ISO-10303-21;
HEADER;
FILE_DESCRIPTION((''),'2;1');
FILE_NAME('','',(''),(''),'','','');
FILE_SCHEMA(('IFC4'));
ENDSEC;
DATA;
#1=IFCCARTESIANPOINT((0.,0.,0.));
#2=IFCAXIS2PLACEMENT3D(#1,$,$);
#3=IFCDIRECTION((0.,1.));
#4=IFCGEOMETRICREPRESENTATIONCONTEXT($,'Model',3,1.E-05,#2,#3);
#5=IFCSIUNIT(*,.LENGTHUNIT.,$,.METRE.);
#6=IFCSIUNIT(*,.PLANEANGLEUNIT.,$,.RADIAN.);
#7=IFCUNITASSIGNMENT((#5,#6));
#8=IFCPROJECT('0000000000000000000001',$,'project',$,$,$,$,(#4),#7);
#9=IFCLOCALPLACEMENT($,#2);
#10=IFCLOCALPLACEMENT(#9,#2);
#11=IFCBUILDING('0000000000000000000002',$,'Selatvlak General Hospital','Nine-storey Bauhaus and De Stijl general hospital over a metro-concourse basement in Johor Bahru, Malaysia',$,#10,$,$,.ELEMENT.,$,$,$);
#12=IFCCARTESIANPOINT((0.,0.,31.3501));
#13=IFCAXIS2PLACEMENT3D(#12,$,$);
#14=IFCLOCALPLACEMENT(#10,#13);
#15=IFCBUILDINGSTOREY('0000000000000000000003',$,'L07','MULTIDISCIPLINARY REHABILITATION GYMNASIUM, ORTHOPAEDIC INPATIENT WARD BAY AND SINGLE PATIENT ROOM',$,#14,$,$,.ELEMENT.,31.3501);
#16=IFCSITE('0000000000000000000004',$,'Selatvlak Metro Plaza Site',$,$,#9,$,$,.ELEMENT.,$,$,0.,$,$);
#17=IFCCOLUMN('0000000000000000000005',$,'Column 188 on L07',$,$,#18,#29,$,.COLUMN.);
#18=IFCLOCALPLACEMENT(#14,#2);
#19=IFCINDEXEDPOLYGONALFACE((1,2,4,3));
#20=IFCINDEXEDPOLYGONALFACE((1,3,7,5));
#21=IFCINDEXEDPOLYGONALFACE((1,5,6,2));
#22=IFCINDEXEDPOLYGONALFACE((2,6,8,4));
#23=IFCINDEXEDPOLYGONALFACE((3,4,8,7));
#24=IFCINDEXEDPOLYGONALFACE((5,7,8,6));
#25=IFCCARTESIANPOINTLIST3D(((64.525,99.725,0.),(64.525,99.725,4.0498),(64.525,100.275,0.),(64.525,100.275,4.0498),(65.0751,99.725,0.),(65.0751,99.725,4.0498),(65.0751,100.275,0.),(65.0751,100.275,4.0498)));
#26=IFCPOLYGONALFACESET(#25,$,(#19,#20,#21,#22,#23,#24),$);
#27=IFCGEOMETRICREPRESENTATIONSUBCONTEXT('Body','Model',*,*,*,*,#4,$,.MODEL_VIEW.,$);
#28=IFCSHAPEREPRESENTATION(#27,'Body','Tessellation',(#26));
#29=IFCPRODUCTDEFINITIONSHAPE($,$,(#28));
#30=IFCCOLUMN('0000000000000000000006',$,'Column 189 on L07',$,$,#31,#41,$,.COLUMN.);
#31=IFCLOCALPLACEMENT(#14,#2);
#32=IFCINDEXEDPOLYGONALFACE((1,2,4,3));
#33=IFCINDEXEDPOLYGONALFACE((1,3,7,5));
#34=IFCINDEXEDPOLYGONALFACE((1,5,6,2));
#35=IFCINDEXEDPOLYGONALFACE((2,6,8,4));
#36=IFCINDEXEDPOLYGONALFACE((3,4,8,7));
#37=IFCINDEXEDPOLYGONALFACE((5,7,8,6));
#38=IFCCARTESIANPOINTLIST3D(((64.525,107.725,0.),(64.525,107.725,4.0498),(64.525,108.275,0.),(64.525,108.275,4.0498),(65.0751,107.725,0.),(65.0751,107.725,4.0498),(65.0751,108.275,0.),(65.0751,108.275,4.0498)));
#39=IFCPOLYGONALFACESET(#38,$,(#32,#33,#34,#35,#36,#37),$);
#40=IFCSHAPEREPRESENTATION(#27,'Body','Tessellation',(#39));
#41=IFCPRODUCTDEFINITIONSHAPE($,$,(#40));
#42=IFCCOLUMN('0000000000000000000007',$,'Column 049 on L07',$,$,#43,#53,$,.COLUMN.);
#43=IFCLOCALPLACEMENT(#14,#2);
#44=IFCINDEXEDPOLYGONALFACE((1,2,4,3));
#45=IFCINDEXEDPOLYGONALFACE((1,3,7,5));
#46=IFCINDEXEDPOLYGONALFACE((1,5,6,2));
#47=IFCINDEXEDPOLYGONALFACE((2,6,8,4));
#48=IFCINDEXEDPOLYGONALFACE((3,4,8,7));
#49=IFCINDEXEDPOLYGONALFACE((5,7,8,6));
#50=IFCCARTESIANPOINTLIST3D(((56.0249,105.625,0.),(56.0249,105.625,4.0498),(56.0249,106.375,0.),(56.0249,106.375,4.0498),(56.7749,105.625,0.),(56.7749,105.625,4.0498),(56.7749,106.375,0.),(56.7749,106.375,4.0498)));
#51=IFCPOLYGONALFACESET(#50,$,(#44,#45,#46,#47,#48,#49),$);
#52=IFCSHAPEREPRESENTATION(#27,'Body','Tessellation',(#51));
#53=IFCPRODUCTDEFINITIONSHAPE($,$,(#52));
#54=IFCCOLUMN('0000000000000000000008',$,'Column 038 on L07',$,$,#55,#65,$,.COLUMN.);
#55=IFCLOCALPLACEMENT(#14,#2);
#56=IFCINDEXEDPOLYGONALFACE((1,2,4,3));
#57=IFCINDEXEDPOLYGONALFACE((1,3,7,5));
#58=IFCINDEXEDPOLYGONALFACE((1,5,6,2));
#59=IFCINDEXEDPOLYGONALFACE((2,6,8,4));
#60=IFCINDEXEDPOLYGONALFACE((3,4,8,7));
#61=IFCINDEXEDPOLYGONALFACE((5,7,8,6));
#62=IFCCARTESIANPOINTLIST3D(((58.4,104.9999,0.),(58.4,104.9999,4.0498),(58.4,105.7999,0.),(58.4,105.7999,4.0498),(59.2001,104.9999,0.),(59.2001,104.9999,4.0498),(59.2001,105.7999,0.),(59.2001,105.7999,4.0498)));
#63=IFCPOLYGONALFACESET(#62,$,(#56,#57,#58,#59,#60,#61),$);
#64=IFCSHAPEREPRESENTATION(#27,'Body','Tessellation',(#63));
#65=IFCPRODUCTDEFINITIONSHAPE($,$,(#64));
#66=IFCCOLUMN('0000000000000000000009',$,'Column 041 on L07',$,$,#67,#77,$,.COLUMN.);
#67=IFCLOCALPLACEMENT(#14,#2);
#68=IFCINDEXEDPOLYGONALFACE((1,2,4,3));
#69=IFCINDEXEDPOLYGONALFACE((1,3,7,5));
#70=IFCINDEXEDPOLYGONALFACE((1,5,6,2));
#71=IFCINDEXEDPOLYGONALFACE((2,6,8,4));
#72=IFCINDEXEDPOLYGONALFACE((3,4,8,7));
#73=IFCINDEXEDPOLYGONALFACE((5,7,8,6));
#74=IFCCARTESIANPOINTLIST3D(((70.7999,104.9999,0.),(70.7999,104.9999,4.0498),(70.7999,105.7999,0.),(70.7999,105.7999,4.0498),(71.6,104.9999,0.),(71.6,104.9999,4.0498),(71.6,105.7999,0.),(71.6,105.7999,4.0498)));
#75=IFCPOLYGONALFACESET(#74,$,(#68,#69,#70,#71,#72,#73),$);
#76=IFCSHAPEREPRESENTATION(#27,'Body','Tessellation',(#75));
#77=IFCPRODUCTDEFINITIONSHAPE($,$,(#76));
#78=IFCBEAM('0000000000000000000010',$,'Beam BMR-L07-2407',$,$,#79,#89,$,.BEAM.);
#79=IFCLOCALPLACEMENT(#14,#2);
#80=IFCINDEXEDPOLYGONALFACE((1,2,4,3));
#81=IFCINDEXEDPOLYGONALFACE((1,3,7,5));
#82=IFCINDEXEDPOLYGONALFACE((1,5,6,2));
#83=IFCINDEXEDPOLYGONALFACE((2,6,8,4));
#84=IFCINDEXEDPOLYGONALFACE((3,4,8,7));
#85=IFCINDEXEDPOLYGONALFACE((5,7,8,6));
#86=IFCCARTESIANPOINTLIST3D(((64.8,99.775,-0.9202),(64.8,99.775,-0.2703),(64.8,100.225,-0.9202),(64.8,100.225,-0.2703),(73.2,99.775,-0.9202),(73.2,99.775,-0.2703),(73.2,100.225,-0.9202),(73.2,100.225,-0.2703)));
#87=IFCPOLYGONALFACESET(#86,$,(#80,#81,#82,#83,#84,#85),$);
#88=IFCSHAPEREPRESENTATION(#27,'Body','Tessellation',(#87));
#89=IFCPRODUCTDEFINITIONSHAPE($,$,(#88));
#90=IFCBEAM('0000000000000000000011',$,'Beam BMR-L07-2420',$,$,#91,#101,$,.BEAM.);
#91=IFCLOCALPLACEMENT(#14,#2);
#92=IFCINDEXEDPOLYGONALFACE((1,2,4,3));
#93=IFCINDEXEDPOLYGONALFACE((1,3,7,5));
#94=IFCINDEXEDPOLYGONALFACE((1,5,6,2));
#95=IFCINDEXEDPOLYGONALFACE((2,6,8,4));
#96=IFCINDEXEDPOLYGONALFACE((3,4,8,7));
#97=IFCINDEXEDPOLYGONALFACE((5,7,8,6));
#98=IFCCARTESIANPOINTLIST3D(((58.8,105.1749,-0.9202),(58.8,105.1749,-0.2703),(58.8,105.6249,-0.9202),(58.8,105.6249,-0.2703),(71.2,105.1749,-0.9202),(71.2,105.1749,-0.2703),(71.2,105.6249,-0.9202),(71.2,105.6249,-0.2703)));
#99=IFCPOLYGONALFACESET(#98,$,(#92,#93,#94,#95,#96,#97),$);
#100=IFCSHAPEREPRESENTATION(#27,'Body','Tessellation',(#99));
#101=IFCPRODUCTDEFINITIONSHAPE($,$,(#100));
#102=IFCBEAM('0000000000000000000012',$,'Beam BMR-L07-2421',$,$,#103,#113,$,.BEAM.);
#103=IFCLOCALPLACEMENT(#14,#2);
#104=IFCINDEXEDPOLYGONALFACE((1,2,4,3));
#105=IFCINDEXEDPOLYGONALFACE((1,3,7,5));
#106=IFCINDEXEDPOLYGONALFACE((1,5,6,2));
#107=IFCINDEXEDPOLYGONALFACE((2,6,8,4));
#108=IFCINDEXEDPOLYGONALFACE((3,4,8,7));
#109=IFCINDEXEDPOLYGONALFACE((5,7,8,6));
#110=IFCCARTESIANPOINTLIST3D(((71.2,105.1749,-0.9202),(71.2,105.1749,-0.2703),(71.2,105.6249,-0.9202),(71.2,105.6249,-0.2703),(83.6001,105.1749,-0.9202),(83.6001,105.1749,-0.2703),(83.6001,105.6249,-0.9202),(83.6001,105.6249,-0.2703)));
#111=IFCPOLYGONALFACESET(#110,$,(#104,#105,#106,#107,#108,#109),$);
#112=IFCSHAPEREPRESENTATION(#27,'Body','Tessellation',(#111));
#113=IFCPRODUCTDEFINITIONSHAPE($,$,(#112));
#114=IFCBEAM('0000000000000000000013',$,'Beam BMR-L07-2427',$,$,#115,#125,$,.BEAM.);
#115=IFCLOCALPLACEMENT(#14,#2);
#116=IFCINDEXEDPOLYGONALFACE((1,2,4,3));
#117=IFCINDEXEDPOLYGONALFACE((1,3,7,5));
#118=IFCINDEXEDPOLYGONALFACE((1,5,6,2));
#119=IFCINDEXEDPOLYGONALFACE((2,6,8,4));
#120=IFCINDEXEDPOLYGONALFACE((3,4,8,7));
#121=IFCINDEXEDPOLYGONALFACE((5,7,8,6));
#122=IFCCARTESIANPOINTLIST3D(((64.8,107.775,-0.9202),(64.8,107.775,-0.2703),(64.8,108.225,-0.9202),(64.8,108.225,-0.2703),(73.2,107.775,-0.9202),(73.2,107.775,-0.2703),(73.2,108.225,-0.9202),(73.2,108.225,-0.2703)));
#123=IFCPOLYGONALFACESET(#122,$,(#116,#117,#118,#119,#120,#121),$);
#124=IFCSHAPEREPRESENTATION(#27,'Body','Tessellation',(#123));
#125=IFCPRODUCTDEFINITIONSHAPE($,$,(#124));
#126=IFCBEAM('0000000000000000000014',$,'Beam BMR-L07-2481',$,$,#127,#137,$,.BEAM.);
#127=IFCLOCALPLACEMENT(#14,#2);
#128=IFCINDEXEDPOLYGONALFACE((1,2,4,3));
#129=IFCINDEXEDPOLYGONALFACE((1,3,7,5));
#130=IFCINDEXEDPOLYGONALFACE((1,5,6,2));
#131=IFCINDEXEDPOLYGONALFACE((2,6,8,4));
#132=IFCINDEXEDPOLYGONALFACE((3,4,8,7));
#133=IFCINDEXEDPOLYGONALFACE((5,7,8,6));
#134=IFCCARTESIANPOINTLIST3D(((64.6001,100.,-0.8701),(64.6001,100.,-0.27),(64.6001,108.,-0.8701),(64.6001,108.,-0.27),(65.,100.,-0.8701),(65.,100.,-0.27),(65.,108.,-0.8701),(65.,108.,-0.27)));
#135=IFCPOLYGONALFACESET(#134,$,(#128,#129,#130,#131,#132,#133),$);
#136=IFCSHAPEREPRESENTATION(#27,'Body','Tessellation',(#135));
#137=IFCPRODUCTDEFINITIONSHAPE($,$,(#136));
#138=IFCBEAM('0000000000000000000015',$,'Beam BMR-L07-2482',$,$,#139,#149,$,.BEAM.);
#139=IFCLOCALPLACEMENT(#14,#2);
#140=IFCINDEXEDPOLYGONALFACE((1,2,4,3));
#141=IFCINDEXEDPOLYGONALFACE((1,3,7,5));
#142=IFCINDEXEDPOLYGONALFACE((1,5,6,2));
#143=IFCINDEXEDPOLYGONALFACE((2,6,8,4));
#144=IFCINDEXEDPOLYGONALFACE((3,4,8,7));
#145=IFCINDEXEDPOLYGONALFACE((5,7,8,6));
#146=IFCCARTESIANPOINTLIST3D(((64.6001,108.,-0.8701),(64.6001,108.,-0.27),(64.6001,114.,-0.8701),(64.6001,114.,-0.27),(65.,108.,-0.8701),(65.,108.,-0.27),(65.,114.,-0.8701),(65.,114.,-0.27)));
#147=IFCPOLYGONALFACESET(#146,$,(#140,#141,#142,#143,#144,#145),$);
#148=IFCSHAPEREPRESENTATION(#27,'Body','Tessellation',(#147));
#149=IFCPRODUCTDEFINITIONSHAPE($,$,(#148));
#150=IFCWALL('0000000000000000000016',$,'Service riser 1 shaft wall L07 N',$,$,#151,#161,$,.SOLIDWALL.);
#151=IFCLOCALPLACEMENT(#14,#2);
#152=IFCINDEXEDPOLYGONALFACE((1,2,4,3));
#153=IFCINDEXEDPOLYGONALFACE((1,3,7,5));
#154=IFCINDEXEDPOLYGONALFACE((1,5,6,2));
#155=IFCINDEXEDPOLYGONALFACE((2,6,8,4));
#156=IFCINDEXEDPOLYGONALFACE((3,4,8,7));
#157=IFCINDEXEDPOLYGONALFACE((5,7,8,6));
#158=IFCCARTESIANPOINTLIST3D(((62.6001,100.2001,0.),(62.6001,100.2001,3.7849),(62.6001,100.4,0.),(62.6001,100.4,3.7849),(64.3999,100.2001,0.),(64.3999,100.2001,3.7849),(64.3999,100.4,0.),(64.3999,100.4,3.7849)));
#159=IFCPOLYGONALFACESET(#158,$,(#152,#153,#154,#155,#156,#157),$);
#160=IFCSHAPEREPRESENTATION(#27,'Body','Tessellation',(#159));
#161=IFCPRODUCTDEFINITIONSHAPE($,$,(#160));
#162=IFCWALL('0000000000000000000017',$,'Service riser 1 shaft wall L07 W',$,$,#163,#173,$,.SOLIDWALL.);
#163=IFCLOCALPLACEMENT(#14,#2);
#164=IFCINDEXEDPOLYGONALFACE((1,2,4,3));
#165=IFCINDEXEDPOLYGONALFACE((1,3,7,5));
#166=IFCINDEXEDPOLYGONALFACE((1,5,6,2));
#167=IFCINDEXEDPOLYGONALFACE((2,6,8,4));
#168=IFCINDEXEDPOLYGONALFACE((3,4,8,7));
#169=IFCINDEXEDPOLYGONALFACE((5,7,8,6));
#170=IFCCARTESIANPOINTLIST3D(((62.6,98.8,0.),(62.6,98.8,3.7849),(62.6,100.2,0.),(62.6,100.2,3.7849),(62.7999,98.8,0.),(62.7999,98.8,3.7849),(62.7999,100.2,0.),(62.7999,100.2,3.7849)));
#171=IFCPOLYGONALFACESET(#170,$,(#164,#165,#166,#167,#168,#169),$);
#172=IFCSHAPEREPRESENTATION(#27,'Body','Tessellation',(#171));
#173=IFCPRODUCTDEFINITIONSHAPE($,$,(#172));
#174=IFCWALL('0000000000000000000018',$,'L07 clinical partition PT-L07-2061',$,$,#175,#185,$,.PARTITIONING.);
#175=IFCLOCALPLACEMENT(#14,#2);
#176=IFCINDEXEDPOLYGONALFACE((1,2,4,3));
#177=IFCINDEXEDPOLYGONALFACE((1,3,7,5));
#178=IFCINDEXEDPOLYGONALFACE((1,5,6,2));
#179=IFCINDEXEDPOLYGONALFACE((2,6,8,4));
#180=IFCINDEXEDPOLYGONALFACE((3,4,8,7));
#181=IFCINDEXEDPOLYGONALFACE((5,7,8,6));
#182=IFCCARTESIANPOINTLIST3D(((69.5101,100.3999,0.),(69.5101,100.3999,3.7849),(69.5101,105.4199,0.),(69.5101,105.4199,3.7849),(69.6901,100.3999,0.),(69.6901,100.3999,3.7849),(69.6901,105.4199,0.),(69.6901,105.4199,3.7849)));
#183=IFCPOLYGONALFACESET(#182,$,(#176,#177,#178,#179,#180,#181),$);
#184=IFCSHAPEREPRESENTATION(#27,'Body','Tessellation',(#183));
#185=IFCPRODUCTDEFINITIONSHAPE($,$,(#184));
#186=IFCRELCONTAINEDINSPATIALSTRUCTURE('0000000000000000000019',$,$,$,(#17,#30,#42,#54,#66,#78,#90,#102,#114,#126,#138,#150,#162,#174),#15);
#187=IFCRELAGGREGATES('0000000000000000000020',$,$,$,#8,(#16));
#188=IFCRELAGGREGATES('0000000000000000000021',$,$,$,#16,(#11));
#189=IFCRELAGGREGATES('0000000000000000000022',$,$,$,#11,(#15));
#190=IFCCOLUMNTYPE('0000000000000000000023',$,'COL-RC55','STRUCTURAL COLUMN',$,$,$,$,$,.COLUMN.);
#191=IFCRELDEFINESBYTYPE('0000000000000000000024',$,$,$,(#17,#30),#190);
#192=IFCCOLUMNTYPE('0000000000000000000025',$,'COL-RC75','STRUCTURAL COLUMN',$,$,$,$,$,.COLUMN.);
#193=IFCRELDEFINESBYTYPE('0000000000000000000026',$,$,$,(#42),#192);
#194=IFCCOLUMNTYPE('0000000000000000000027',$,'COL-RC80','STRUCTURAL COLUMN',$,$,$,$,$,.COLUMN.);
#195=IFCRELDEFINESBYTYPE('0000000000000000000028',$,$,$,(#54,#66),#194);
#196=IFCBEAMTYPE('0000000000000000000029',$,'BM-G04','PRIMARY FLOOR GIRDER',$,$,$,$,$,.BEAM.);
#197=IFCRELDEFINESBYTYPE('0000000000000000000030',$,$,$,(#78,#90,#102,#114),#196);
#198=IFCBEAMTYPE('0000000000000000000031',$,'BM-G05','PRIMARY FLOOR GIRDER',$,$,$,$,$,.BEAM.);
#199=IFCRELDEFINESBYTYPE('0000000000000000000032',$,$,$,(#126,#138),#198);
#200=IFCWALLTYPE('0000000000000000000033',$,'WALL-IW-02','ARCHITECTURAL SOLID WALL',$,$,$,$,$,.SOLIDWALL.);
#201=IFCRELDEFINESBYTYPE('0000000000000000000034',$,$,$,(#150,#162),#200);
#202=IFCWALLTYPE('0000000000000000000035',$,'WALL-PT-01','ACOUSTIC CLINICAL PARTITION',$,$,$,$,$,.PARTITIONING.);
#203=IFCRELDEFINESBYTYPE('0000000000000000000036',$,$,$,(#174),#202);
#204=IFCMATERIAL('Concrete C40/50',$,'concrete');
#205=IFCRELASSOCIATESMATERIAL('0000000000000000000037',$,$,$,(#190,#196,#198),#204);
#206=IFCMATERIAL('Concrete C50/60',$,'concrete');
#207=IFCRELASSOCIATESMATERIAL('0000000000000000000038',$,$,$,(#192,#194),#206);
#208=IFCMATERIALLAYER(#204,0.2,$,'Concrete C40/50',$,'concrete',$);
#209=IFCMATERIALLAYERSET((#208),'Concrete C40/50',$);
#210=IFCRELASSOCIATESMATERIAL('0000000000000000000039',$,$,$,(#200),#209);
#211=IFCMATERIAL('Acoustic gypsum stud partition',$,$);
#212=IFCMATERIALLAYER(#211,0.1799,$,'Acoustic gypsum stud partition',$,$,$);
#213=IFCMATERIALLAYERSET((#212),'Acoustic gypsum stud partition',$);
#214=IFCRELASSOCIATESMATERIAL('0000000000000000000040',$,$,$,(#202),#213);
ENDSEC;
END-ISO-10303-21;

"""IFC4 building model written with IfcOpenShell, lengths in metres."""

from ifc_helpers import new_model, si_unit, direction, frame, frame_2d, origin, origin_2d, place, context, subcontext, project, spatial, rectangle, extrude, material, layer, layer_set, material_profile, profile_set, type_object, element, save


model = new_model("IFC4")

# Units and contexts
model_context = context("Model", 3, precision=1e-05, world=origin(), true_north=direction((0.0, 1.0)))
body_context = subcontext(model_context, "Body", "Model", "MODEL_VIEW")
ifc_project = project(units=[si_unit("LENGTHUNIT", "METRE"), si_unit("PLANEANGLEUNIT", "RADIAN")], contexts=[model_context])

# Site, building, storey
site_placement = place(None, origin())
site = spatial("IfcSite", under=ifc_project, at=site_placement, Name="Selatvlak Metro Plaza Site", CompositionType="ELEMENT", RefElevation=0.0)
building_placement = place(site_placement, origin())
building = spatial("IfcBuilding", under=site, at=building_placement, Name="Selatvlak General Hospital", Description="Nine-storey Bauhaus and De Stijl general hospital over a metro-concourse basement in Johor Bahru, Malaysia", CompositionType="ELEMENT")
storey_placement = place(building_placement, frame((0.0, 0.0, 31.3501)))
storey = spatial("IfcBuildingStorey", under=building, at=storey_placement, Name="L07", Description="MULTIDISCIPLINARY REHABILITATION GYMNASIUM, ORTHOPAEDIC INPATIENT WARD BAY AND SINGLE PATIENT ROOM", CompositionType="ELEMENT", Elevation=31.3501)

# Columns
ifc_material_1 = material(Name="Concrete C40/50", Category="concrete")
ifc_material_profile_1 = material_profile(ifc_material_1, rectangle(XDim=0.55, YDim=0.55, at=origin_2d()), Name="RC-COL 550x550")
ifc_profile_set_1 = profile_set([ifc_material_profile_1], Name="Concrete C40/50")
column_type_1 = type_object("IfcColumnType", Name="COL-RC55", Description="STRUCTURAL COLUMN", PredefinedType="COLUMN", material=ifc_profile_set_1)
for number, where, z_axis, x_axis, name in (
    (1, (64.8, 100.0, 0.0), (0.0, 0.0, 1.0), (1.0, 0.0, 0.0), "Column 188 on L07"),
    (2, (64.8, 108.0, 0.0), (0.0, 0.0, 1.0), (1.0, 0.0, 0.0), "Column 189 on L07"),
):
    element("IfcColumn", number, at=place(storey_placement, frame(where, z_axis=z_axis, x_axis=x_axis)), inside=storey, type_object=column_type_1, Name=name, PredefinedType="COLUMN", context=body_context, shape_type="SweptSolid", body=[
        extrude(rectangle(XDim=0.55, YDim=0.55, at=origin_2d()), origin(), (0.0, 0.0, 1.0), 4.0498),
    ])
ifc_material_2 = material(Name="Concrete C50/60", Category="concrete")
ifc_material_profile_2 = material_profile(ifc_material_2, rectangle(XDim=0.75, YDim=0.75, at=origin_2d()), Name="RC-COL 750x750")
ifc_profile_set_2 = profile_set([ifc_material_profile_2], Name="Concrete C50/60")
column_type_2 = type_object("IfcColumnType", Name="COL-RC75", Description="STRUCTURAL COLUMN", PredefinedType="COLUMN", material=ifc_profile_set_2)
column_placement = place(storey_placement, frame((56.3999, 106.0, 0.0), z_axis=(0.0, 0.0, 1.0), x_axis=(1.0, 0.0, 0.0)))
element("IfcColumn", 3, at=column_placement, inside=storey, type_object=column_type_2, Name="Column 049 on L07", PredefinedType="COLUMN", context=body_context, shape_type="SweptSolid", body=[
    extrude(rectangle(XDim=0.75, YDim=0.75, at=origin_2d()), origin(), (0.0, 0.0, 1.0), 4.0498),
])
ifc_material_profile_3 = material_profile(ifc_material_2, rectangle(XDim=0.8, YDim=0.8, at=origin_2d()), Name="RC-COL 800x800")
ifc_profile_set_3 = profile_set([ifc_material_profile_3], Name="Concrete C50/60")
column_type_3 = type_object("IfcColumnType", Name="COL-RC80", Description="STRUCTURAL COLUMN", PredefinedType="COLUMN", material=ifc_profile_set_3)
for number, where, z_axis, x_axis, name in (
    (4, (58.8, 105.3999, 0.0), (0.0, 0.0, 1.0), (1.0, 0.0, 0.0), "Column 038 on L07"),
    (5, (71.2, 105.3999, 0.0), (0.0, 0.0, 1.0), (1.0, 0.0, 0.0), "Column 041 on L07"),
):
    element("IfcColumn", number, at=place(storey_placement, frame(where, z_axis=z_axis, x_axis=x_axis)), inside=storey, type_object=column_type_3, Name=name, PredefinedType="COLUMN", context=body_context, shape_type="SweptSolid", body=[
        extrude(rectangle(XDim=0.8, YDim=0.8, at=origin_2d()), origin(), (0.0, 0.0, 1.0), 4.0498),
    ])

# Beams
ifc_material_profile_4 = material_profile(ifc_material_1, rectangle(XDim=0.45, YDim=0.6499, at=origin_2d()), Name="RC-BM 450x650")
ifc_profile_set_4 = profile_set([ifc_material_profile_4], Name="Concrete C40/50")
beam_type_1 = type_object("IfcBeamType", Name="BM-G04", Description="PRIMARY FLOOR GIRDER", PredefinedType="BEAM", material=ifc_profile_set_4)
beam_1_placement = place(storey_placement, frame((64.8, 100.0, -0.5952), z_axis=(1.0, 0.0, 0.0), x_axis=(0.0, 1.0, 0.0)))
element("IfcBeam", 6, at=beam_1_placement, inside=storey, type_object=beam_type_1, Name="Beam BMR-L07-2407", PredefinedType="BEAM", context=body_context, shape_type="SweptSolid", body=[
    extrude(rectangle(XDim=0.45, YDim=0.6499, at=origin_2d()), origin(), (0.0, 0.0, 1.0), 8.3999),
])
beam_2_placement = place(storey_placement, frame((58.8, 105.3999, -0.5952), z_axis=(1.0, 0.0, 0.0), x_axis=(0.0, 1.0, 0.0)))
element("IfcBeam", 7, at=beam_2_placement, inside=storey, type_object=beam_type_1, Name="Beam BMR-L07-2420", PredefinedType="BEAM", context=body_context, shape_type="SweptSolid", body=[
    extrude(rectangle(XDim=0.45, YDim=0.6499, at=origin_2d()), origin(), (0.0, 0.0, 1.0), 12.3999),
])
beam_3_placement = place(storey_placement, frame((71.2, 105.3999, -0.5952), z_axis=(1.0, 0.0, 0.0), x_axis=(0.0, 1.0, 0.0)))
element("IfcBeam", 8, at=beam_3_placement, inside=storey, type_object=beam_type_1, Name="Beam BMR-L07-2421", PredefinedType="BEAM", context=body_context, shape_type="SweptSolid", body=[
    extrude(rectangle(XDim=0.45, YDim=0.6499, at=origin_2d()), origin(), (0.0, 0.0, 1.0), 12.4001),
])
beam_4_placement = place(storey_placement, frame((64.8, 108.0, -0.5952), z_axis=(1.0, 0.0, 0.0), x_axis=(0.0, 1.0, 0.0)))
element("IfcBeam", 9, at=beam_4_placement, inside=storey, type_object=beam_type_1, Name="Beam BMR-L07-2427", PredefinedType="BEAM", context=body_context, shape_type="SweptSolid", body=[
    extrude(rectangle(XDim=0.45, YDim=0.6499, at=origin_2d()), origin(), (0.0, 0.0, 1.0), 8.3999),
])
ifc_material_profile_5 = material_profile(ifc_material_1, rectangle(XDim=0.3999, YDim=0.6001, at=origin_2d()), Name="RC-BM 400x600")
ifc_profile_set_5 = profile_set([ifc_material_profile_5], Name="Concrete C40/50")
beam_type_2 = type_object("IfcBeamType", Name="BM-G05", Description="PRIMARY FLOOR GIRDER", PredefinedType="BEAM", material=ifc_profile_set_5)
beam_5_placement = place(storey_placement, frame((64.8, 100.0, -0.5701), z_axis=(0.0, 1.0, 0.0), x_axis=(-1.0, 0.0, 0.0)))
element("IfcBeam", 10, at=beam_5_placement, inside=storey, type_object=beam_type_2, Name="Beam BMR-L07-2481", PredefinedType="BEAM", context=body_context, shape_type="SweptSolid", body=[
    extrude(rectangle(XDim=0.3999, YDim=0.6001, at=origin_2d()), origin(), (0.0, 0.0, 1.0), 8.0),
])
beam_6_placement = place(storey_placement, frame((64.8, 108.0, -0.5701), z_axis=(0.0, 1.0, 0.0), x_axis=(-1.0, 0.0, 0.0)))
element("IfcBeam", 11, at=beam_6_placement, inside=storey, type_object=beam_type_2, Name="Beam BMR-L07-2482", PredefinedType="BEAM", context=body_context, shape_type="SweptSolid", body=[
    extrude(rectangle(XDim=0.3999, YDim=0.6001, at=origin_2d()), origin(), (0.0, 0.0, 1.0), 6.0),
])

# Walls
ifc_layer_1 = layer(ifc_material_1, 0.2, Name="Concrete C40/50", Category="concrete")
ifc_layer_set_1 = layer_set([ifc_layer_1], Name="Concrete C40/50")
wall_type_1 = type_object("IfcWallType", Name="WALL-IW-02", Description="ARCHITECTURAL SOLID WALL", PredefinedType="SOLIDWALL", material=ifc_layer_set_1)
wall_1_placement = place(storey_placement, frame((64.3999, 100.3, 0.0), z_axis=(0.0, 0.0, 1.0), x_axis=(-1.0, 0.0, 0.0)))
element("IfcWall", 12, at=wall_1_placement, inside=storey, type_object=wall_type_1, Name="Service riser 1 shaft wall L07 N", PredefinedType="SOLIDWALL", context=body_context, shape_type="SweptSolid", body=[
    extrude(rectangle(XDim=1.7998, YDim=0.2, at=frame_2d((0.8999, 0.0))), origin(), (0.0, 0.0, 1.0), 3.7849),
])
wall_2_placement = place(storey_placement, frame((62.7, 100.2, 0.0), z_axis=(0.0, 0.0, 1.0), x_axis=(0.0, -1.0, 0.0)))
element("IfcWall", 13, at=wall_2_placement, inside=storey, type_object=wall_type_1, Name="Service riser 1 shaft wall L07 W", PredefinedType="SOLIDWALL", context=body_context, shape_type="SweptSolid", body=[
    extrude(rectangle(XDim=1.3999, YDim=0.2, at=frame_2d((0.7, 0.0))), origin(), (0.0, 0.0, 1.0), 3.7849),
])
ifc_material_3 = material(Name="Acoustic gypsum stud partition")
ifc_layer_2 = layer(ifc_material_3, 0.1799, Name="Acoustic gypsum stud partition")
ifc_layer_set_2 = layer_set([ifc_layer_2], Name="Acoustic gypsum stud partition")
wall_type_2 = type_object("IfcWallType", Name="WALL-PT-01", Description="ACOUSTIC CLINICAL PARTITION", PredefinedType="PARTITIONING", material=ifc_layer_set_2)
wall_3_placement = place(storey_placement, frame((69.6001, 105.4199, 0.0), z_axis=(0.0, 0.0, 1.0), x_axis=(0.0, -1.0, 0.0)))
element("IfcWall", 14, at=wall_3_placement, inside=storey, type_object=wall_type_2, Name="L07 clinical partition PT-L07-2061", PredefinedType="PARTITIONING", context=body_context, shape_type="SweptSolid", body=[
    extrude(rectangle(XDim=5.02, YDim=0.1799, at=frame_2d((2.51, 0.0))), origin(), (0.0, 0.0, 1.0), 3.7849),
])

save(model, "model.ifc")
